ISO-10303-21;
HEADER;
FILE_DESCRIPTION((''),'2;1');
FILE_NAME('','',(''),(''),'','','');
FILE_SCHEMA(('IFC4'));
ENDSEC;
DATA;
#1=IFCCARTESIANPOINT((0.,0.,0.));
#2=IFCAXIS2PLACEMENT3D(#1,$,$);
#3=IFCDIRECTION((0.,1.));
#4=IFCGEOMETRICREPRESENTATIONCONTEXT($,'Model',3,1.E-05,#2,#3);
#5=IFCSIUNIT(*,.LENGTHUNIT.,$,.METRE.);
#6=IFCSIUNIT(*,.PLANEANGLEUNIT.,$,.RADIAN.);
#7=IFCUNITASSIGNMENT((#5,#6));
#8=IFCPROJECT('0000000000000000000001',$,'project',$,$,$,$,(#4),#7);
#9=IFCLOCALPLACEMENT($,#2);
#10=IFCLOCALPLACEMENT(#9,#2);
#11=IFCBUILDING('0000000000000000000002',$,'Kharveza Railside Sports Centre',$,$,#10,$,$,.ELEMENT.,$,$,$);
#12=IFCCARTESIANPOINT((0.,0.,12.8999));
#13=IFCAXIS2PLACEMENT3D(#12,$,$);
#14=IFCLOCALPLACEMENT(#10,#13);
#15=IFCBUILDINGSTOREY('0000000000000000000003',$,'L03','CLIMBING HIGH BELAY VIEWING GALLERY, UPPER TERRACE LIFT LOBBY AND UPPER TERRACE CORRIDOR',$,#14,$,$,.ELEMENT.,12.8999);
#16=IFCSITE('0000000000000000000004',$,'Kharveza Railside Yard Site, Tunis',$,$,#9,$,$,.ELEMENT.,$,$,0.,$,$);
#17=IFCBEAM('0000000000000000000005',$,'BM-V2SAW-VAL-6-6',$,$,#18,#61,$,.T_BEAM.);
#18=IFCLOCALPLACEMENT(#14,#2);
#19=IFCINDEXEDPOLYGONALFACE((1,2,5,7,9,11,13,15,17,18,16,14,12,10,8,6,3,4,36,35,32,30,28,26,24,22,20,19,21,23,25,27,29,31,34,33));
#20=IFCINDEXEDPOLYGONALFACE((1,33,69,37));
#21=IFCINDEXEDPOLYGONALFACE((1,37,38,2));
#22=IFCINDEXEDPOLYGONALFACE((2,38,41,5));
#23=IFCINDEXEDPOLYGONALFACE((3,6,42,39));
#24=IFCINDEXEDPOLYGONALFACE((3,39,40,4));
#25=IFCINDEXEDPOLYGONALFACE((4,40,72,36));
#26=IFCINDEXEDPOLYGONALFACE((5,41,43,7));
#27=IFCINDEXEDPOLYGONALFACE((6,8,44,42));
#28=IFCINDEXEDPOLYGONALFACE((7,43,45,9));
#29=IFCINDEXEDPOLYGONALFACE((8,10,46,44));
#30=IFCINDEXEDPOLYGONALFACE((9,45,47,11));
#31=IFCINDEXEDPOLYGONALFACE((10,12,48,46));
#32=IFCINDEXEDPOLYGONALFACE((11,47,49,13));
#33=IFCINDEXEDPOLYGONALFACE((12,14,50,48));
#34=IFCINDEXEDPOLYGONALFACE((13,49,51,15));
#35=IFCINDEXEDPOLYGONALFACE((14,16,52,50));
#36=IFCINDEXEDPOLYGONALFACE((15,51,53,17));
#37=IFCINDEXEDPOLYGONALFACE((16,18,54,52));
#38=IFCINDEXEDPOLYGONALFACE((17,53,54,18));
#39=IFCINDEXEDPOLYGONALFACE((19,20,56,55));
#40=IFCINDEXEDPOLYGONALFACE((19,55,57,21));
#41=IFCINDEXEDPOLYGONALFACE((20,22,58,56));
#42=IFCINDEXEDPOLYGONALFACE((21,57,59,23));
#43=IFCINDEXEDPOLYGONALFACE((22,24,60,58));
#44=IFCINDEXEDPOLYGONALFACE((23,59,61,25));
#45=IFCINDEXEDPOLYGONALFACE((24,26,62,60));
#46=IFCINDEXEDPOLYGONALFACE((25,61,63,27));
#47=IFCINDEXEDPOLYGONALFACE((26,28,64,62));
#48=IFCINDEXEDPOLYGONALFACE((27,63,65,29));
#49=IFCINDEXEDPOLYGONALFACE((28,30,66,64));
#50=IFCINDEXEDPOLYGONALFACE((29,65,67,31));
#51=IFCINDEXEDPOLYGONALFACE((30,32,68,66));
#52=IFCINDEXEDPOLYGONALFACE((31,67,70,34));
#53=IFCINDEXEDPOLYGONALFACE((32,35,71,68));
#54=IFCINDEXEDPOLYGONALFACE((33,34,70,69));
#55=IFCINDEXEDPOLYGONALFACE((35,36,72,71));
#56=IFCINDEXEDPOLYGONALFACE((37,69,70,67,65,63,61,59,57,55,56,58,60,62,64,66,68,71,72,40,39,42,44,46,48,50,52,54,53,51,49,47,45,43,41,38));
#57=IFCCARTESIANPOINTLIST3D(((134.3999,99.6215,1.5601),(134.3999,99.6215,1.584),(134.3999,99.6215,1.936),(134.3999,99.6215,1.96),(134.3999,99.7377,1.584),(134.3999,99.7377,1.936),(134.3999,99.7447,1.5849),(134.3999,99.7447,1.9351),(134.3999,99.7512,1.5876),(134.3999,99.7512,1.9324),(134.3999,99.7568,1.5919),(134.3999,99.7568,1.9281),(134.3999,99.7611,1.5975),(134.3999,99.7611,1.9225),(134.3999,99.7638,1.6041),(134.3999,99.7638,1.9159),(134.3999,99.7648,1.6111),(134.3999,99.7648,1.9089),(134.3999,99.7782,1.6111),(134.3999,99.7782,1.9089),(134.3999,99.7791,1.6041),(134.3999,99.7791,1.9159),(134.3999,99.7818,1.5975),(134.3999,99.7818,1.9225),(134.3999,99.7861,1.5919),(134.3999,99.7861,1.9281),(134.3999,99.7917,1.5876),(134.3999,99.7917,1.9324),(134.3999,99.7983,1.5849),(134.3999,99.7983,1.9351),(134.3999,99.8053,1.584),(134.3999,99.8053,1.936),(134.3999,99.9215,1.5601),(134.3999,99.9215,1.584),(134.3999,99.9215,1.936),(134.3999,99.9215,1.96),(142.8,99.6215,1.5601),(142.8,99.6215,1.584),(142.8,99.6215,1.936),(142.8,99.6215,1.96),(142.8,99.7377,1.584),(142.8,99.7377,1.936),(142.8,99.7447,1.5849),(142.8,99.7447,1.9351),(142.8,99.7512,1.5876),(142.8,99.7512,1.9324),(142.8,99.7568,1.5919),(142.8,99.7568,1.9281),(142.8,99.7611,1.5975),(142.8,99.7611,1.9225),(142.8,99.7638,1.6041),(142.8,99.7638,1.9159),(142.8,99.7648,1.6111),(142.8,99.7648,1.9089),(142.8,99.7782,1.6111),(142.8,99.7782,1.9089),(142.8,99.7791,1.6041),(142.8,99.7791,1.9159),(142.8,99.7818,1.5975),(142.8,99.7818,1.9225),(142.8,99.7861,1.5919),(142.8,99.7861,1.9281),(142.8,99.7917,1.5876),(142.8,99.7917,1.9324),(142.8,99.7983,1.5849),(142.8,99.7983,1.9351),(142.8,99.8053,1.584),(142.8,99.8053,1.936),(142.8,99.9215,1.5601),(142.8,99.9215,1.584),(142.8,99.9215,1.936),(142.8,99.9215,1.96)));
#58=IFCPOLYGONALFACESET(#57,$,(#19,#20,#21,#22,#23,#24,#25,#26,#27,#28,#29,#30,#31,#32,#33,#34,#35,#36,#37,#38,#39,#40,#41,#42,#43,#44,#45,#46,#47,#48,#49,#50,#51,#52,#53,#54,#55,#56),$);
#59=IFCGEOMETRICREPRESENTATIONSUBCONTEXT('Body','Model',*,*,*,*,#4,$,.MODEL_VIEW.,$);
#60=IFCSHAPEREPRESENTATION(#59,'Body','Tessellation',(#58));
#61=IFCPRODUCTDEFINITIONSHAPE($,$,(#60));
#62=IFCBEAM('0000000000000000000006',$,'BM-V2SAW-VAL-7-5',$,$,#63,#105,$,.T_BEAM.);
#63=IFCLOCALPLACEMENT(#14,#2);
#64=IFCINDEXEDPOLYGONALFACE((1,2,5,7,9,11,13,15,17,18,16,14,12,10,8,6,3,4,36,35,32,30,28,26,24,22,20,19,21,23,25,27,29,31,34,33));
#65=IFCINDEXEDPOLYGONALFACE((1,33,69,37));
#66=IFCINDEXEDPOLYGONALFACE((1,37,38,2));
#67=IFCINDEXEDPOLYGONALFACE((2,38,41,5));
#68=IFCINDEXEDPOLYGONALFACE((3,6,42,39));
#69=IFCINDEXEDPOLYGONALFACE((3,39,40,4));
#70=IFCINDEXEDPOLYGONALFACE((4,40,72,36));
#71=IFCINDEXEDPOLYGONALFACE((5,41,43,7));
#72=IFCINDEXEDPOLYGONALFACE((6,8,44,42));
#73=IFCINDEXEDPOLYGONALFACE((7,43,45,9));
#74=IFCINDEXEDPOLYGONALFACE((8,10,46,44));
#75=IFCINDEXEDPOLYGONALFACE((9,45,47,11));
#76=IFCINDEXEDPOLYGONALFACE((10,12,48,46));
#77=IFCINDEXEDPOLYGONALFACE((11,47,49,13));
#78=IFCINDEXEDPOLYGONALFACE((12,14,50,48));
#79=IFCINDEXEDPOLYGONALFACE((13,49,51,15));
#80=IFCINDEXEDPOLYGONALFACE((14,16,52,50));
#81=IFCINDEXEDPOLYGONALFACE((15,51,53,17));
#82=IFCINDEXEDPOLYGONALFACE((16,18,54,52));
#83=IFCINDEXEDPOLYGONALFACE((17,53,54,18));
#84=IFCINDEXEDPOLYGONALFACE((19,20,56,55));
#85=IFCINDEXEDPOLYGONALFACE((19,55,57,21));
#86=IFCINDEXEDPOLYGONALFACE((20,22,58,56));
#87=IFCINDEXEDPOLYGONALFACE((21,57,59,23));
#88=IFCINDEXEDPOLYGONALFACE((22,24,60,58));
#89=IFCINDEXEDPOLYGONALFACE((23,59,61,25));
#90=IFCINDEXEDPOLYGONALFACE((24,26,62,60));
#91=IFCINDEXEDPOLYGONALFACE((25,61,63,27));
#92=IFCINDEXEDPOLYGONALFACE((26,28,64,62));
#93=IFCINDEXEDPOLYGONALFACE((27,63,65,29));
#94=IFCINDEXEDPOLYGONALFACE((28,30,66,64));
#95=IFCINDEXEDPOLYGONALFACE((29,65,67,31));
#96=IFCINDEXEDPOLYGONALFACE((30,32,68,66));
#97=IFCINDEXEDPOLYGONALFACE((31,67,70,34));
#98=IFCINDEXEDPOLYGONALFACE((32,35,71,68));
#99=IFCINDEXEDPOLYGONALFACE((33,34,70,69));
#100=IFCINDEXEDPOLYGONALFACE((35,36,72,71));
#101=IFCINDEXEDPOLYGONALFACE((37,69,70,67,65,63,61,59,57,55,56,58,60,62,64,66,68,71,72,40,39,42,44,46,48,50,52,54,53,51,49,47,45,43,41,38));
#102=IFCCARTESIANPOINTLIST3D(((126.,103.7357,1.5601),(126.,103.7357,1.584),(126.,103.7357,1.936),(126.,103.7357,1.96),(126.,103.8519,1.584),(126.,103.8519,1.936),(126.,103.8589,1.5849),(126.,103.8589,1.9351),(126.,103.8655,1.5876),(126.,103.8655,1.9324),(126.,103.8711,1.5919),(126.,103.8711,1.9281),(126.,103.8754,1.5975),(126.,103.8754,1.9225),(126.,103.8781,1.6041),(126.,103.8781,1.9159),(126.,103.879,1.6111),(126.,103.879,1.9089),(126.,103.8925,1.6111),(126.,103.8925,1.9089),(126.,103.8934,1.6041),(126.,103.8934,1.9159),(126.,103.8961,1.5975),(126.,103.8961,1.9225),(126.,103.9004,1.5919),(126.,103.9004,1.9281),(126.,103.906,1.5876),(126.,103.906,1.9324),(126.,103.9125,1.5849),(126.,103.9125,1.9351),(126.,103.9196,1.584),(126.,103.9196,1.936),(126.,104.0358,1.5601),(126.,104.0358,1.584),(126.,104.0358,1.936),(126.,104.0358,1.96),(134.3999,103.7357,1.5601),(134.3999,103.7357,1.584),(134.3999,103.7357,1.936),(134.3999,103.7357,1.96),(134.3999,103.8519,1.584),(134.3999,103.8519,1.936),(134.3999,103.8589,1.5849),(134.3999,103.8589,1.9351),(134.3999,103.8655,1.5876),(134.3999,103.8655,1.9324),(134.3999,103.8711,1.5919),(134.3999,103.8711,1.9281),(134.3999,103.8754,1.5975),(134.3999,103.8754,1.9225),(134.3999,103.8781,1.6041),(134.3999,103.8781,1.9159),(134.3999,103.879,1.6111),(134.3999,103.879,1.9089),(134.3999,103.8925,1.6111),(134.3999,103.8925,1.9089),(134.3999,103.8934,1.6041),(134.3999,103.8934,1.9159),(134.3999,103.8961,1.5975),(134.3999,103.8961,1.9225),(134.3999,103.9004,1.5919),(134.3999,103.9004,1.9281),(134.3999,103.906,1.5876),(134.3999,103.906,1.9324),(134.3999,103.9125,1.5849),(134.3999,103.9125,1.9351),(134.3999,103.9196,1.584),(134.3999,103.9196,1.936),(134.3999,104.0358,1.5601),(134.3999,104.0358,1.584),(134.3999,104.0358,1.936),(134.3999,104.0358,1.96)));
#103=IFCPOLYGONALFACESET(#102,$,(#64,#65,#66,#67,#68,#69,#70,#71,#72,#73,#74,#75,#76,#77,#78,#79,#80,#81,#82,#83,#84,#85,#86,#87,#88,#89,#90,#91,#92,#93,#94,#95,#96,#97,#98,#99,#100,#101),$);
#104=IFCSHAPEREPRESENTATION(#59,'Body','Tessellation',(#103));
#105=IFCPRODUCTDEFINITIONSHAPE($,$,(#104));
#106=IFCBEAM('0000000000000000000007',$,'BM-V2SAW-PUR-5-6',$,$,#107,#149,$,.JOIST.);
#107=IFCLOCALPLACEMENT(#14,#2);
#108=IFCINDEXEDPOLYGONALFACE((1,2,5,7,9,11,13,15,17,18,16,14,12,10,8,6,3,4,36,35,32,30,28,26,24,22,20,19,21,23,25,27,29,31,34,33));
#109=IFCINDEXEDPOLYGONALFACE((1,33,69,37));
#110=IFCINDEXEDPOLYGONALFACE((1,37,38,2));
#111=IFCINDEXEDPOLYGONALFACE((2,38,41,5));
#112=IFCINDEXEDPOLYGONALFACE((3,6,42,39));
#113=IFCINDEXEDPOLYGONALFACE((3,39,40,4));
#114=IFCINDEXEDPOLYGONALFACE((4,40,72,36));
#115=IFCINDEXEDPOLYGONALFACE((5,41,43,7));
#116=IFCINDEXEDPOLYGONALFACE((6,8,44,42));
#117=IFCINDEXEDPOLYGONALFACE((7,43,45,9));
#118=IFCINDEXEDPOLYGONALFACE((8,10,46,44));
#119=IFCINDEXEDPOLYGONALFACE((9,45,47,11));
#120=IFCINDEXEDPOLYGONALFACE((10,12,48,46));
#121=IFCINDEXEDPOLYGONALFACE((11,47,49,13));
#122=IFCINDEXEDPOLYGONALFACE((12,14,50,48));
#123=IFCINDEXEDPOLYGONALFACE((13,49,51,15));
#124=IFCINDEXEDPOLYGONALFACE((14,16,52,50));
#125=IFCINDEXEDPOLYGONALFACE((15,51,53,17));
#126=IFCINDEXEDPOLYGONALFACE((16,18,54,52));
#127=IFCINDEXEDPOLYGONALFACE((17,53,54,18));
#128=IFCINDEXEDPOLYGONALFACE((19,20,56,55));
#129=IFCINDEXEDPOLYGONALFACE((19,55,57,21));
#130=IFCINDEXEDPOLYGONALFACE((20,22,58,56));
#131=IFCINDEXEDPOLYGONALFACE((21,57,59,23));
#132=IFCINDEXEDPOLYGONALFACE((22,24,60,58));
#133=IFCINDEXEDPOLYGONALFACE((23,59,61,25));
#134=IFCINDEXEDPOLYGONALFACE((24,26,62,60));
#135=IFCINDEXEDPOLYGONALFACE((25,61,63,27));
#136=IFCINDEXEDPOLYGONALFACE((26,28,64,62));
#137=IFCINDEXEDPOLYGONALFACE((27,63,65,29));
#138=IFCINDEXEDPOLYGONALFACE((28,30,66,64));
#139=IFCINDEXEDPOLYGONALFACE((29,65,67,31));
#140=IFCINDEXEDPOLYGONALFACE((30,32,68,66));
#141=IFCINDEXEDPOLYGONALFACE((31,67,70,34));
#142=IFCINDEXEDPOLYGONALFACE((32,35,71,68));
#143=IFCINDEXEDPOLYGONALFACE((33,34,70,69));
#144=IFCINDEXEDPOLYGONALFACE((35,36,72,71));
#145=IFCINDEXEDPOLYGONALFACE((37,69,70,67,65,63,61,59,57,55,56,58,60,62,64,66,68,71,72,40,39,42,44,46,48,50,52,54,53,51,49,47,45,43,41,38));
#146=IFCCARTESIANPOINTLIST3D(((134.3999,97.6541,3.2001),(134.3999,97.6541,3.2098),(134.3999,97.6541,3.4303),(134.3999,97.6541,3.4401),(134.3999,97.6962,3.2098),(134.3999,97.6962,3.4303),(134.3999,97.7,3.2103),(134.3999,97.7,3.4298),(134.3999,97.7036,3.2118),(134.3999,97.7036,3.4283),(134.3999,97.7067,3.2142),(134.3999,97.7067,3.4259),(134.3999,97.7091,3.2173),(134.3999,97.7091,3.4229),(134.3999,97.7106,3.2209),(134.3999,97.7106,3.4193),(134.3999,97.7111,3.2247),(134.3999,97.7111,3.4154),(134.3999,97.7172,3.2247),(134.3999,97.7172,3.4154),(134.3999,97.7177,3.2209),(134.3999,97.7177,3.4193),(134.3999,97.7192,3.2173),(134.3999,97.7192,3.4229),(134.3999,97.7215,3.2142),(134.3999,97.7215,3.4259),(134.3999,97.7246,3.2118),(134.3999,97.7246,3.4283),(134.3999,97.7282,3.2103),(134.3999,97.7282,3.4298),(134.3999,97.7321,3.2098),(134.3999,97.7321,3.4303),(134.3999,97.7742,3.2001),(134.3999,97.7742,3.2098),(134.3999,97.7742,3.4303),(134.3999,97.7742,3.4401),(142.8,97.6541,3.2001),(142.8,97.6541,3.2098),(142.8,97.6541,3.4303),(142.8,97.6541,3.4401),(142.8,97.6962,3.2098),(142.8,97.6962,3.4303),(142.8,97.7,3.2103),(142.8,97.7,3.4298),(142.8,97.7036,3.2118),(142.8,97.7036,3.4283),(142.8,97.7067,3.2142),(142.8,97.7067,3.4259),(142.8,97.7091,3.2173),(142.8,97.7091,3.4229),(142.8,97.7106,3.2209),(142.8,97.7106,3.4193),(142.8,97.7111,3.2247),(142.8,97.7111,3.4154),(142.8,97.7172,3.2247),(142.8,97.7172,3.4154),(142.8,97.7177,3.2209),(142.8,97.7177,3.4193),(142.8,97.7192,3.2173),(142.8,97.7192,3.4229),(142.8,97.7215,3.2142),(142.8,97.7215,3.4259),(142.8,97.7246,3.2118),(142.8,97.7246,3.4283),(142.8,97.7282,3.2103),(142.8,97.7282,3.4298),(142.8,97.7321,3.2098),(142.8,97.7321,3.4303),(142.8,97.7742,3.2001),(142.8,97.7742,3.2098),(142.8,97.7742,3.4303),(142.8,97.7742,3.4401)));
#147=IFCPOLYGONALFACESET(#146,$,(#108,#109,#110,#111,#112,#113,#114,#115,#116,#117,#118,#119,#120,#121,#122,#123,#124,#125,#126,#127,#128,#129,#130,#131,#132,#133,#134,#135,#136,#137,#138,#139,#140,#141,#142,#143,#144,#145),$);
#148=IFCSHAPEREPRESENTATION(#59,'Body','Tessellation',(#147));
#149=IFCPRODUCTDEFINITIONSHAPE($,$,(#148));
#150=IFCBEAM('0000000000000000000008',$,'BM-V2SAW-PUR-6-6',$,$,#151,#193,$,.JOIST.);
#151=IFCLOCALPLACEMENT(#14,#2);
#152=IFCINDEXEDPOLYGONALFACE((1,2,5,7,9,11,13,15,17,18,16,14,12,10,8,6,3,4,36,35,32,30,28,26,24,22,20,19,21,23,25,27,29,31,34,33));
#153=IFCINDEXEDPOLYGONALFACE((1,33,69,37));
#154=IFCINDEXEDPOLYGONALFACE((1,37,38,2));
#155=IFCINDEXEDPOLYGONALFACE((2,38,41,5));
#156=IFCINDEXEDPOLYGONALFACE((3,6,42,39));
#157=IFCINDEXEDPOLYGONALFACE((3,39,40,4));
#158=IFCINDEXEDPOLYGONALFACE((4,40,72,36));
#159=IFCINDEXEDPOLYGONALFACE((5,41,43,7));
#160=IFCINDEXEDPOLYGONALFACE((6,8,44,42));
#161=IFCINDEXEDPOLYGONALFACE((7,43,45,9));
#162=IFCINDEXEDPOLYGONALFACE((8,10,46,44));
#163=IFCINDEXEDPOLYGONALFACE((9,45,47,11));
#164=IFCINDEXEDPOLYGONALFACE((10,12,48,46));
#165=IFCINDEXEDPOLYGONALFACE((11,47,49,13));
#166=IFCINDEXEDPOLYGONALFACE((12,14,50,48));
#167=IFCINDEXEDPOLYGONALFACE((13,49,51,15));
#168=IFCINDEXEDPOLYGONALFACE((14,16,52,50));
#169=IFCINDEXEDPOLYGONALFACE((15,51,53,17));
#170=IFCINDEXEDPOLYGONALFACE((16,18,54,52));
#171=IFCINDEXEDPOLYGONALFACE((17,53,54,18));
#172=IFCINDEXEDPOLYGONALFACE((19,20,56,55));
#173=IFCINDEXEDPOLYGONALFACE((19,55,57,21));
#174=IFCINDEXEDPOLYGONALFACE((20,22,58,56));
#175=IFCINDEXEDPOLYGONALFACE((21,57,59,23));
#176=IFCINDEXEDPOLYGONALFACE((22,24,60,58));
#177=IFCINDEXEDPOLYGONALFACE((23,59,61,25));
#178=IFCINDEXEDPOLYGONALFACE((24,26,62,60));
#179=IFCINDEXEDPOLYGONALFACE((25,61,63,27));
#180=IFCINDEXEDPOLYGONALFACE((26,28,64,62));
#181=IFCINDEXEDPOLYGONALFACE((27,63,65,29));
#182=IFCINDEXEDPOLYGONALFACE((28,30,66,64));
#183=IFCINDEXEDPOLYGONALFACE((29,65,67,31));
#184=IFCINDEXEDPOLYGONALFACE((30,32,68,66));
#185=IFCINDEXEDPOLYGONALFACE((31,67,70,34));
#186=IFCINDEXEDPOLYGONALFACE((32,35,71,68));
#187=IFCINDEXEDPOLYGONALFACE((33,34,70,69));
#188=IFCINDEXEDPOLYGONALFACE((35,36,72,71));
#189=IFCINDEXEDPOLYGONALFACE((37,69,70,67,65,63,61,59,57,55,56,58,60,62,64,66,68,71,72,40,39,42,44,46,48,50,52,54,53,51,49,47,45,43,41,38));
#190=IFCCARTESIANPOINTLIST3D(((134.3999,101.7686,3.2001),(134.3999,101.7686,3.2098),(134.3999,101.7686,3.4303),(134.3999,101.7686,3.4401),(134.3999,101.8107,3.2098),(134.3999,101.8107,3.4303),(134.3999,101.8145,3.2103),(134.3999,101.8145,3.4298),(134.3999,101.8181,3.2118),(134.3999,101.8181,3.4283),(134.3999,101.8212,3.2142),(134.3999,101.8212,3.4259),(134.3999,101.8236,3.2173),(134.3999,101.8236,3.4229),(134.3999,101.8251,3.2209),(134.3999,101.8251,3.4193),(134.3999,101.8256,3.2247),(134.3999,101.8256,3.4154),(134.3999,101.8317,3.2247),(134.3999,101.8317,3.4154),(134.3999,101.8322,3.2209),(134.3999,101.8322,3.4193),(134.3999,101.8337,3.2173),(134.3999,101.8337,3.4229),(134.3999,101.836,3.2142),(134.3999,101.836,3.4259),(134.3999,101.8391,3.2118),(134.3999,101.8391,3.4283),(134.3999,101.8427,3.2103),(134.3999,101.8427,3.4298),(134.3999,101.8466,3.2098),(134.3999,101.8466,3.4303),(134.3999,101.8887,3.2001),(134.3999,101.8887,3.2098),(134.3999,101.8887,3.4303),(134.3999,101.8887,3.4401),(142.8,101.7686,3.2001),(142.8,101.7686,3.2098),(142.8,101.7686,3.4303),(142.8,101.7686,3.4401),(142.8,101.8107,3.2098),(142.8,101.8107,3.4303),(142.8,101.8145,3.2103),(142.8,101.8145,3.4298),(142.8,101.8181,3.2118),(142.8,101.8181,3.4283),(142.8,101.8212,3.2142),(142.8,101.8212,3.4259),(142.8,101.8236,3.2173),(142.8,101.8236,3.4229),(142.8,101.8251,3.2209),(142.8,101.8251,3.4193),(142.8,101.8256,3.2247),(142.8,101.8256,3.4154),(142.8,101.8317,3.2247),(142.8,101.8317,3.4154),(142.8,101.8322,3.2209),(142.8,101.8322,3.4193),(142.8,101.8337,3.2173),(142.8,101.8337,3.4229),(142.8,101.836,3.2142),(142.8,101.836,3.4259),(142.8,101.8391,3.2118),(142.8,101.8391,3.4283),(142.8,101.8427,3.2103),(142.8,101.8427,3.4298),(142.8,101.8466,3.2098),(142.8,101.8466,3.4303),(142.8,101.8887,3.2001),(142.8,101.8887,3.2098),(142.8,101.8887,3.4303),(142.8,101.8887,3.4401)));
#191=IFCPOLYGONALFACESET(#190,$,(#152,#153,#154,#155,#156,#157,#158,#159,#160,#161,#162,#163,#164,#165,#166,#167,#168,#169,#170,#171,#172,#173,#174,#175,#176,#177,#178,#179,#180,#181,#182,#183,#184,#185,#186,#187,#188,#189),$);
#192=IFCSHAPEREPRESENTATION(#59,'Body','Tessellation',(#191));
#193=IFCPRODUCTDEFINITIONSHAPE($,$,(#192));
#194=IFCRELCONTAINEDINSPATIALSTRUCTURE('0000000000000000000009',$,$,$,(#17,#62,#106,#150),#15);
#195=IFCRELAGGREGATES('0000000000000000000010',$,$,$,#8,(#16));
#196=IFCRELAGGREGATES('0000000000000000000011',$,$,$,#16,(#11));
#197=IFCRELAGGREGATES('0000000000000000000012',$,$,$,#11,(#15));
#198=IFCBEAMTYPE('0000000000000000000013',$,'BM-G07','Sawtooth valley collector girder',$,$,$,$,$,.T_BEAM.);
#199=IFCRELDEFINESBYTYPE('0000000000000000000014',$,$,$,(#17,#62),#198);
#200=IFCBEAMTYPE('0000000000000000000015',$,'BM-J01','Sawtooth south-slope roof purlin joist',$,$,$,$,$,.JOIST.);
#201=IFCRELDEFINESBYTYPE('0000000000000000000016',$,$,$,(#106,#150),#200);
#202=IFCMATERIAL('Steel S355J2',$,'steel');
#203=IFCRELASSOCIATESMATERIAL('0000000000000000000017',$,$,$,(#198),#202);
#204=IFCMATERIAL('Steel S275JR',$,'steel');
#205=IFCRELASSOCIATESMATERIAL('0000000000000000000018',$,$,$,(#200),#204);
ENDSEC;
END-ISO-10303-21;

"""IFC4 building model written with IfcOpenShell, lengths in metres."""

from ifc_helpers import new_model, si_unit, direction, frame, origin, origin_2d, place, context, subcontext, project, spatial, i_section, extrude, material, material_profile, profile_set, type_object, element, save


model = new_model("IFC4")

# Units and contexts
model_context = context("Model", 3, precision=1e-05, world=origin(), true_north=direction((0.0, 1.0)))
body_context = subcontext(model_context, "Body", "Model", "MODEL_VIEW")
ifc_project = project(units=[si_unit("LENGTHUNIT", "METRE"), si_unit("PLANEANGLEUNIT", "RADIAN")], contexts=[model_context])

# Site, building, storey
site_placement = place(None, origin())
site = spatial("IfcSite", under=ifc_project, at=site_placement, Name="Kharveza Railside Yard Site, Tunis", CompositionType="ELEMENT", RefElevation=0.0)
building_placement = place(site_placement, origin())
building = spatial("IfcBuilding", under=site, at=building_placement, Name="Kharveza Railside Sports Centre", CompositionType="ELEMENT")
storey_placement = place(building_placement, frame((0.0, 0.0, 12.8999)))
storey = spatial("IfcBuildingStorey", under=building, at=storey_placement, Name="L03", Description="CLIMBING HIGH BELAY VIEWING GALLERY, UPPER TERRACE LIFT LOBBY AND UPPER TERRACE CORRIDOR", CompositionType="ELEMENT", Elevation=12.8999)

# Beams
ifc_material_1 = material(Name="Steel S355J2", Category="steel")
ifc_material_profile_1 = material_profile(ifc_material_1, i_section(OverallWidth=0.3, OverallDepth=0.3999, WebThickness=0.0134, FlangeThickness=0.0239, FilletRadius=0.0271, at=origin_2d()), Name="HEB 400")
ifc_profile_set_1 = profile_set([ifc_material_profile_1], Name="Steel S355J2")
beam_type_1 = type_object("IfcBeamType", Name="BM-G07", Description="Sawtooth valley collector girder", PredefinedType="T_BEAM", material=ifc_profile_set_1)
beam_1_placement = place(storey_placement, frame((134.3999, 99.7715, 1.76), z_axis=(1.0, 0.0, 0.0), x_axis=(0.0, 1.0, 0.0)))
element("IfcBeam", 1, at=beam_1_placement, inside=storey, type_object=beam_type_1, Name="BM-V2SAW-VAL-6-6", PredefinedType="T_BEAM", context=body_context, shape_type="SweptSolid", body=[
    extrude(i_section(OverallWidth=0.3, OverallDepth=0.3999, WebThickness=0.0134, FlangeThickness=0.0239, FilletRadius=0.0271, at=origin_2d()), origin(), (0.0, 0.0, 1.0), 8.4001),
])
beam_2_placement = place(storey_placement, frame((126.0, 103.8857, 1.76), z_axis=(1.0, 0.0, 0.0), x_axis=(0.0, 1.0, 0.0)))
element("IfcBeam", 2, at=beam_2_placement, inside=storey, type_object=beam_type_1, Name="BM-V2SAW-VAL-7-5", PredefinedType="T_BEAM", context=body_context, shape_type="SweptSolid", body=[
    extrude(i_section(OverallWidth=0.3, OverallDepth=0.3999, WebThickness=0.0134, FlangeThickness=0.0239, FilletRadius=0.0271, at=origin_2d()), origin(), (0.0, 0.0, 1.0), 8.3999),
])
ifc_material_2 = material(Name="Steel S275JR", Category="steel")
ifc_material_profile_2 = material_profile(ifc_material_2, i_section(OverallWidth=0.1201, OverallDepth=0.24, WebThickness=0.0061, FlangeThickness=0.0098, FilletRadius=0.0149, at=origin_2d()), Name="IPE 240")
ifc_profile_set_2 = profile_set([ifc_material_profile_2], Name="Steel S275JR")
beam_type_2 = type_object("IfcBeamType", Name="BM-J01", Description="Sawtooth south-slope roof purlin joist", PredefinedType="JOIST", material=ifc_profile_set_2)
for number, where, z_axis, x_axis, name in (
    (3, (134.3999, 97.7141, 3.3201), (1.0, 0.0, 0.0), (0.0, 1.0, 0.0), "BM-V2SAW-PUR-5-6"),
    (4, (134.3999, 101.8286, 3.3201), (1.0, 0.0, 0.0), (0.0, 1.0, 0.0), "BM-V2SAW-PUR-6-6"),
):
    element("IfcBeam", number, at=place(storey_placement, frame(where, z_axis=z_axis, x_axis=x_axis)), inside=storey, type_object=beam_type_2, Name=name, PredefinedType="JOIST", context=body_context, shape_type="SweptSolid", body=[
        extrude(i_section(OverallWidth=0.1201, OverallDepth=0.24, WebThickness=0.0061, FlangeThickness=0.0098, FilletRadius=0.0149, at=origin_2d()), origin(), (0.0, 0.0, 1.0), 8.4001),
    ])

save(model, "model.ifc")
